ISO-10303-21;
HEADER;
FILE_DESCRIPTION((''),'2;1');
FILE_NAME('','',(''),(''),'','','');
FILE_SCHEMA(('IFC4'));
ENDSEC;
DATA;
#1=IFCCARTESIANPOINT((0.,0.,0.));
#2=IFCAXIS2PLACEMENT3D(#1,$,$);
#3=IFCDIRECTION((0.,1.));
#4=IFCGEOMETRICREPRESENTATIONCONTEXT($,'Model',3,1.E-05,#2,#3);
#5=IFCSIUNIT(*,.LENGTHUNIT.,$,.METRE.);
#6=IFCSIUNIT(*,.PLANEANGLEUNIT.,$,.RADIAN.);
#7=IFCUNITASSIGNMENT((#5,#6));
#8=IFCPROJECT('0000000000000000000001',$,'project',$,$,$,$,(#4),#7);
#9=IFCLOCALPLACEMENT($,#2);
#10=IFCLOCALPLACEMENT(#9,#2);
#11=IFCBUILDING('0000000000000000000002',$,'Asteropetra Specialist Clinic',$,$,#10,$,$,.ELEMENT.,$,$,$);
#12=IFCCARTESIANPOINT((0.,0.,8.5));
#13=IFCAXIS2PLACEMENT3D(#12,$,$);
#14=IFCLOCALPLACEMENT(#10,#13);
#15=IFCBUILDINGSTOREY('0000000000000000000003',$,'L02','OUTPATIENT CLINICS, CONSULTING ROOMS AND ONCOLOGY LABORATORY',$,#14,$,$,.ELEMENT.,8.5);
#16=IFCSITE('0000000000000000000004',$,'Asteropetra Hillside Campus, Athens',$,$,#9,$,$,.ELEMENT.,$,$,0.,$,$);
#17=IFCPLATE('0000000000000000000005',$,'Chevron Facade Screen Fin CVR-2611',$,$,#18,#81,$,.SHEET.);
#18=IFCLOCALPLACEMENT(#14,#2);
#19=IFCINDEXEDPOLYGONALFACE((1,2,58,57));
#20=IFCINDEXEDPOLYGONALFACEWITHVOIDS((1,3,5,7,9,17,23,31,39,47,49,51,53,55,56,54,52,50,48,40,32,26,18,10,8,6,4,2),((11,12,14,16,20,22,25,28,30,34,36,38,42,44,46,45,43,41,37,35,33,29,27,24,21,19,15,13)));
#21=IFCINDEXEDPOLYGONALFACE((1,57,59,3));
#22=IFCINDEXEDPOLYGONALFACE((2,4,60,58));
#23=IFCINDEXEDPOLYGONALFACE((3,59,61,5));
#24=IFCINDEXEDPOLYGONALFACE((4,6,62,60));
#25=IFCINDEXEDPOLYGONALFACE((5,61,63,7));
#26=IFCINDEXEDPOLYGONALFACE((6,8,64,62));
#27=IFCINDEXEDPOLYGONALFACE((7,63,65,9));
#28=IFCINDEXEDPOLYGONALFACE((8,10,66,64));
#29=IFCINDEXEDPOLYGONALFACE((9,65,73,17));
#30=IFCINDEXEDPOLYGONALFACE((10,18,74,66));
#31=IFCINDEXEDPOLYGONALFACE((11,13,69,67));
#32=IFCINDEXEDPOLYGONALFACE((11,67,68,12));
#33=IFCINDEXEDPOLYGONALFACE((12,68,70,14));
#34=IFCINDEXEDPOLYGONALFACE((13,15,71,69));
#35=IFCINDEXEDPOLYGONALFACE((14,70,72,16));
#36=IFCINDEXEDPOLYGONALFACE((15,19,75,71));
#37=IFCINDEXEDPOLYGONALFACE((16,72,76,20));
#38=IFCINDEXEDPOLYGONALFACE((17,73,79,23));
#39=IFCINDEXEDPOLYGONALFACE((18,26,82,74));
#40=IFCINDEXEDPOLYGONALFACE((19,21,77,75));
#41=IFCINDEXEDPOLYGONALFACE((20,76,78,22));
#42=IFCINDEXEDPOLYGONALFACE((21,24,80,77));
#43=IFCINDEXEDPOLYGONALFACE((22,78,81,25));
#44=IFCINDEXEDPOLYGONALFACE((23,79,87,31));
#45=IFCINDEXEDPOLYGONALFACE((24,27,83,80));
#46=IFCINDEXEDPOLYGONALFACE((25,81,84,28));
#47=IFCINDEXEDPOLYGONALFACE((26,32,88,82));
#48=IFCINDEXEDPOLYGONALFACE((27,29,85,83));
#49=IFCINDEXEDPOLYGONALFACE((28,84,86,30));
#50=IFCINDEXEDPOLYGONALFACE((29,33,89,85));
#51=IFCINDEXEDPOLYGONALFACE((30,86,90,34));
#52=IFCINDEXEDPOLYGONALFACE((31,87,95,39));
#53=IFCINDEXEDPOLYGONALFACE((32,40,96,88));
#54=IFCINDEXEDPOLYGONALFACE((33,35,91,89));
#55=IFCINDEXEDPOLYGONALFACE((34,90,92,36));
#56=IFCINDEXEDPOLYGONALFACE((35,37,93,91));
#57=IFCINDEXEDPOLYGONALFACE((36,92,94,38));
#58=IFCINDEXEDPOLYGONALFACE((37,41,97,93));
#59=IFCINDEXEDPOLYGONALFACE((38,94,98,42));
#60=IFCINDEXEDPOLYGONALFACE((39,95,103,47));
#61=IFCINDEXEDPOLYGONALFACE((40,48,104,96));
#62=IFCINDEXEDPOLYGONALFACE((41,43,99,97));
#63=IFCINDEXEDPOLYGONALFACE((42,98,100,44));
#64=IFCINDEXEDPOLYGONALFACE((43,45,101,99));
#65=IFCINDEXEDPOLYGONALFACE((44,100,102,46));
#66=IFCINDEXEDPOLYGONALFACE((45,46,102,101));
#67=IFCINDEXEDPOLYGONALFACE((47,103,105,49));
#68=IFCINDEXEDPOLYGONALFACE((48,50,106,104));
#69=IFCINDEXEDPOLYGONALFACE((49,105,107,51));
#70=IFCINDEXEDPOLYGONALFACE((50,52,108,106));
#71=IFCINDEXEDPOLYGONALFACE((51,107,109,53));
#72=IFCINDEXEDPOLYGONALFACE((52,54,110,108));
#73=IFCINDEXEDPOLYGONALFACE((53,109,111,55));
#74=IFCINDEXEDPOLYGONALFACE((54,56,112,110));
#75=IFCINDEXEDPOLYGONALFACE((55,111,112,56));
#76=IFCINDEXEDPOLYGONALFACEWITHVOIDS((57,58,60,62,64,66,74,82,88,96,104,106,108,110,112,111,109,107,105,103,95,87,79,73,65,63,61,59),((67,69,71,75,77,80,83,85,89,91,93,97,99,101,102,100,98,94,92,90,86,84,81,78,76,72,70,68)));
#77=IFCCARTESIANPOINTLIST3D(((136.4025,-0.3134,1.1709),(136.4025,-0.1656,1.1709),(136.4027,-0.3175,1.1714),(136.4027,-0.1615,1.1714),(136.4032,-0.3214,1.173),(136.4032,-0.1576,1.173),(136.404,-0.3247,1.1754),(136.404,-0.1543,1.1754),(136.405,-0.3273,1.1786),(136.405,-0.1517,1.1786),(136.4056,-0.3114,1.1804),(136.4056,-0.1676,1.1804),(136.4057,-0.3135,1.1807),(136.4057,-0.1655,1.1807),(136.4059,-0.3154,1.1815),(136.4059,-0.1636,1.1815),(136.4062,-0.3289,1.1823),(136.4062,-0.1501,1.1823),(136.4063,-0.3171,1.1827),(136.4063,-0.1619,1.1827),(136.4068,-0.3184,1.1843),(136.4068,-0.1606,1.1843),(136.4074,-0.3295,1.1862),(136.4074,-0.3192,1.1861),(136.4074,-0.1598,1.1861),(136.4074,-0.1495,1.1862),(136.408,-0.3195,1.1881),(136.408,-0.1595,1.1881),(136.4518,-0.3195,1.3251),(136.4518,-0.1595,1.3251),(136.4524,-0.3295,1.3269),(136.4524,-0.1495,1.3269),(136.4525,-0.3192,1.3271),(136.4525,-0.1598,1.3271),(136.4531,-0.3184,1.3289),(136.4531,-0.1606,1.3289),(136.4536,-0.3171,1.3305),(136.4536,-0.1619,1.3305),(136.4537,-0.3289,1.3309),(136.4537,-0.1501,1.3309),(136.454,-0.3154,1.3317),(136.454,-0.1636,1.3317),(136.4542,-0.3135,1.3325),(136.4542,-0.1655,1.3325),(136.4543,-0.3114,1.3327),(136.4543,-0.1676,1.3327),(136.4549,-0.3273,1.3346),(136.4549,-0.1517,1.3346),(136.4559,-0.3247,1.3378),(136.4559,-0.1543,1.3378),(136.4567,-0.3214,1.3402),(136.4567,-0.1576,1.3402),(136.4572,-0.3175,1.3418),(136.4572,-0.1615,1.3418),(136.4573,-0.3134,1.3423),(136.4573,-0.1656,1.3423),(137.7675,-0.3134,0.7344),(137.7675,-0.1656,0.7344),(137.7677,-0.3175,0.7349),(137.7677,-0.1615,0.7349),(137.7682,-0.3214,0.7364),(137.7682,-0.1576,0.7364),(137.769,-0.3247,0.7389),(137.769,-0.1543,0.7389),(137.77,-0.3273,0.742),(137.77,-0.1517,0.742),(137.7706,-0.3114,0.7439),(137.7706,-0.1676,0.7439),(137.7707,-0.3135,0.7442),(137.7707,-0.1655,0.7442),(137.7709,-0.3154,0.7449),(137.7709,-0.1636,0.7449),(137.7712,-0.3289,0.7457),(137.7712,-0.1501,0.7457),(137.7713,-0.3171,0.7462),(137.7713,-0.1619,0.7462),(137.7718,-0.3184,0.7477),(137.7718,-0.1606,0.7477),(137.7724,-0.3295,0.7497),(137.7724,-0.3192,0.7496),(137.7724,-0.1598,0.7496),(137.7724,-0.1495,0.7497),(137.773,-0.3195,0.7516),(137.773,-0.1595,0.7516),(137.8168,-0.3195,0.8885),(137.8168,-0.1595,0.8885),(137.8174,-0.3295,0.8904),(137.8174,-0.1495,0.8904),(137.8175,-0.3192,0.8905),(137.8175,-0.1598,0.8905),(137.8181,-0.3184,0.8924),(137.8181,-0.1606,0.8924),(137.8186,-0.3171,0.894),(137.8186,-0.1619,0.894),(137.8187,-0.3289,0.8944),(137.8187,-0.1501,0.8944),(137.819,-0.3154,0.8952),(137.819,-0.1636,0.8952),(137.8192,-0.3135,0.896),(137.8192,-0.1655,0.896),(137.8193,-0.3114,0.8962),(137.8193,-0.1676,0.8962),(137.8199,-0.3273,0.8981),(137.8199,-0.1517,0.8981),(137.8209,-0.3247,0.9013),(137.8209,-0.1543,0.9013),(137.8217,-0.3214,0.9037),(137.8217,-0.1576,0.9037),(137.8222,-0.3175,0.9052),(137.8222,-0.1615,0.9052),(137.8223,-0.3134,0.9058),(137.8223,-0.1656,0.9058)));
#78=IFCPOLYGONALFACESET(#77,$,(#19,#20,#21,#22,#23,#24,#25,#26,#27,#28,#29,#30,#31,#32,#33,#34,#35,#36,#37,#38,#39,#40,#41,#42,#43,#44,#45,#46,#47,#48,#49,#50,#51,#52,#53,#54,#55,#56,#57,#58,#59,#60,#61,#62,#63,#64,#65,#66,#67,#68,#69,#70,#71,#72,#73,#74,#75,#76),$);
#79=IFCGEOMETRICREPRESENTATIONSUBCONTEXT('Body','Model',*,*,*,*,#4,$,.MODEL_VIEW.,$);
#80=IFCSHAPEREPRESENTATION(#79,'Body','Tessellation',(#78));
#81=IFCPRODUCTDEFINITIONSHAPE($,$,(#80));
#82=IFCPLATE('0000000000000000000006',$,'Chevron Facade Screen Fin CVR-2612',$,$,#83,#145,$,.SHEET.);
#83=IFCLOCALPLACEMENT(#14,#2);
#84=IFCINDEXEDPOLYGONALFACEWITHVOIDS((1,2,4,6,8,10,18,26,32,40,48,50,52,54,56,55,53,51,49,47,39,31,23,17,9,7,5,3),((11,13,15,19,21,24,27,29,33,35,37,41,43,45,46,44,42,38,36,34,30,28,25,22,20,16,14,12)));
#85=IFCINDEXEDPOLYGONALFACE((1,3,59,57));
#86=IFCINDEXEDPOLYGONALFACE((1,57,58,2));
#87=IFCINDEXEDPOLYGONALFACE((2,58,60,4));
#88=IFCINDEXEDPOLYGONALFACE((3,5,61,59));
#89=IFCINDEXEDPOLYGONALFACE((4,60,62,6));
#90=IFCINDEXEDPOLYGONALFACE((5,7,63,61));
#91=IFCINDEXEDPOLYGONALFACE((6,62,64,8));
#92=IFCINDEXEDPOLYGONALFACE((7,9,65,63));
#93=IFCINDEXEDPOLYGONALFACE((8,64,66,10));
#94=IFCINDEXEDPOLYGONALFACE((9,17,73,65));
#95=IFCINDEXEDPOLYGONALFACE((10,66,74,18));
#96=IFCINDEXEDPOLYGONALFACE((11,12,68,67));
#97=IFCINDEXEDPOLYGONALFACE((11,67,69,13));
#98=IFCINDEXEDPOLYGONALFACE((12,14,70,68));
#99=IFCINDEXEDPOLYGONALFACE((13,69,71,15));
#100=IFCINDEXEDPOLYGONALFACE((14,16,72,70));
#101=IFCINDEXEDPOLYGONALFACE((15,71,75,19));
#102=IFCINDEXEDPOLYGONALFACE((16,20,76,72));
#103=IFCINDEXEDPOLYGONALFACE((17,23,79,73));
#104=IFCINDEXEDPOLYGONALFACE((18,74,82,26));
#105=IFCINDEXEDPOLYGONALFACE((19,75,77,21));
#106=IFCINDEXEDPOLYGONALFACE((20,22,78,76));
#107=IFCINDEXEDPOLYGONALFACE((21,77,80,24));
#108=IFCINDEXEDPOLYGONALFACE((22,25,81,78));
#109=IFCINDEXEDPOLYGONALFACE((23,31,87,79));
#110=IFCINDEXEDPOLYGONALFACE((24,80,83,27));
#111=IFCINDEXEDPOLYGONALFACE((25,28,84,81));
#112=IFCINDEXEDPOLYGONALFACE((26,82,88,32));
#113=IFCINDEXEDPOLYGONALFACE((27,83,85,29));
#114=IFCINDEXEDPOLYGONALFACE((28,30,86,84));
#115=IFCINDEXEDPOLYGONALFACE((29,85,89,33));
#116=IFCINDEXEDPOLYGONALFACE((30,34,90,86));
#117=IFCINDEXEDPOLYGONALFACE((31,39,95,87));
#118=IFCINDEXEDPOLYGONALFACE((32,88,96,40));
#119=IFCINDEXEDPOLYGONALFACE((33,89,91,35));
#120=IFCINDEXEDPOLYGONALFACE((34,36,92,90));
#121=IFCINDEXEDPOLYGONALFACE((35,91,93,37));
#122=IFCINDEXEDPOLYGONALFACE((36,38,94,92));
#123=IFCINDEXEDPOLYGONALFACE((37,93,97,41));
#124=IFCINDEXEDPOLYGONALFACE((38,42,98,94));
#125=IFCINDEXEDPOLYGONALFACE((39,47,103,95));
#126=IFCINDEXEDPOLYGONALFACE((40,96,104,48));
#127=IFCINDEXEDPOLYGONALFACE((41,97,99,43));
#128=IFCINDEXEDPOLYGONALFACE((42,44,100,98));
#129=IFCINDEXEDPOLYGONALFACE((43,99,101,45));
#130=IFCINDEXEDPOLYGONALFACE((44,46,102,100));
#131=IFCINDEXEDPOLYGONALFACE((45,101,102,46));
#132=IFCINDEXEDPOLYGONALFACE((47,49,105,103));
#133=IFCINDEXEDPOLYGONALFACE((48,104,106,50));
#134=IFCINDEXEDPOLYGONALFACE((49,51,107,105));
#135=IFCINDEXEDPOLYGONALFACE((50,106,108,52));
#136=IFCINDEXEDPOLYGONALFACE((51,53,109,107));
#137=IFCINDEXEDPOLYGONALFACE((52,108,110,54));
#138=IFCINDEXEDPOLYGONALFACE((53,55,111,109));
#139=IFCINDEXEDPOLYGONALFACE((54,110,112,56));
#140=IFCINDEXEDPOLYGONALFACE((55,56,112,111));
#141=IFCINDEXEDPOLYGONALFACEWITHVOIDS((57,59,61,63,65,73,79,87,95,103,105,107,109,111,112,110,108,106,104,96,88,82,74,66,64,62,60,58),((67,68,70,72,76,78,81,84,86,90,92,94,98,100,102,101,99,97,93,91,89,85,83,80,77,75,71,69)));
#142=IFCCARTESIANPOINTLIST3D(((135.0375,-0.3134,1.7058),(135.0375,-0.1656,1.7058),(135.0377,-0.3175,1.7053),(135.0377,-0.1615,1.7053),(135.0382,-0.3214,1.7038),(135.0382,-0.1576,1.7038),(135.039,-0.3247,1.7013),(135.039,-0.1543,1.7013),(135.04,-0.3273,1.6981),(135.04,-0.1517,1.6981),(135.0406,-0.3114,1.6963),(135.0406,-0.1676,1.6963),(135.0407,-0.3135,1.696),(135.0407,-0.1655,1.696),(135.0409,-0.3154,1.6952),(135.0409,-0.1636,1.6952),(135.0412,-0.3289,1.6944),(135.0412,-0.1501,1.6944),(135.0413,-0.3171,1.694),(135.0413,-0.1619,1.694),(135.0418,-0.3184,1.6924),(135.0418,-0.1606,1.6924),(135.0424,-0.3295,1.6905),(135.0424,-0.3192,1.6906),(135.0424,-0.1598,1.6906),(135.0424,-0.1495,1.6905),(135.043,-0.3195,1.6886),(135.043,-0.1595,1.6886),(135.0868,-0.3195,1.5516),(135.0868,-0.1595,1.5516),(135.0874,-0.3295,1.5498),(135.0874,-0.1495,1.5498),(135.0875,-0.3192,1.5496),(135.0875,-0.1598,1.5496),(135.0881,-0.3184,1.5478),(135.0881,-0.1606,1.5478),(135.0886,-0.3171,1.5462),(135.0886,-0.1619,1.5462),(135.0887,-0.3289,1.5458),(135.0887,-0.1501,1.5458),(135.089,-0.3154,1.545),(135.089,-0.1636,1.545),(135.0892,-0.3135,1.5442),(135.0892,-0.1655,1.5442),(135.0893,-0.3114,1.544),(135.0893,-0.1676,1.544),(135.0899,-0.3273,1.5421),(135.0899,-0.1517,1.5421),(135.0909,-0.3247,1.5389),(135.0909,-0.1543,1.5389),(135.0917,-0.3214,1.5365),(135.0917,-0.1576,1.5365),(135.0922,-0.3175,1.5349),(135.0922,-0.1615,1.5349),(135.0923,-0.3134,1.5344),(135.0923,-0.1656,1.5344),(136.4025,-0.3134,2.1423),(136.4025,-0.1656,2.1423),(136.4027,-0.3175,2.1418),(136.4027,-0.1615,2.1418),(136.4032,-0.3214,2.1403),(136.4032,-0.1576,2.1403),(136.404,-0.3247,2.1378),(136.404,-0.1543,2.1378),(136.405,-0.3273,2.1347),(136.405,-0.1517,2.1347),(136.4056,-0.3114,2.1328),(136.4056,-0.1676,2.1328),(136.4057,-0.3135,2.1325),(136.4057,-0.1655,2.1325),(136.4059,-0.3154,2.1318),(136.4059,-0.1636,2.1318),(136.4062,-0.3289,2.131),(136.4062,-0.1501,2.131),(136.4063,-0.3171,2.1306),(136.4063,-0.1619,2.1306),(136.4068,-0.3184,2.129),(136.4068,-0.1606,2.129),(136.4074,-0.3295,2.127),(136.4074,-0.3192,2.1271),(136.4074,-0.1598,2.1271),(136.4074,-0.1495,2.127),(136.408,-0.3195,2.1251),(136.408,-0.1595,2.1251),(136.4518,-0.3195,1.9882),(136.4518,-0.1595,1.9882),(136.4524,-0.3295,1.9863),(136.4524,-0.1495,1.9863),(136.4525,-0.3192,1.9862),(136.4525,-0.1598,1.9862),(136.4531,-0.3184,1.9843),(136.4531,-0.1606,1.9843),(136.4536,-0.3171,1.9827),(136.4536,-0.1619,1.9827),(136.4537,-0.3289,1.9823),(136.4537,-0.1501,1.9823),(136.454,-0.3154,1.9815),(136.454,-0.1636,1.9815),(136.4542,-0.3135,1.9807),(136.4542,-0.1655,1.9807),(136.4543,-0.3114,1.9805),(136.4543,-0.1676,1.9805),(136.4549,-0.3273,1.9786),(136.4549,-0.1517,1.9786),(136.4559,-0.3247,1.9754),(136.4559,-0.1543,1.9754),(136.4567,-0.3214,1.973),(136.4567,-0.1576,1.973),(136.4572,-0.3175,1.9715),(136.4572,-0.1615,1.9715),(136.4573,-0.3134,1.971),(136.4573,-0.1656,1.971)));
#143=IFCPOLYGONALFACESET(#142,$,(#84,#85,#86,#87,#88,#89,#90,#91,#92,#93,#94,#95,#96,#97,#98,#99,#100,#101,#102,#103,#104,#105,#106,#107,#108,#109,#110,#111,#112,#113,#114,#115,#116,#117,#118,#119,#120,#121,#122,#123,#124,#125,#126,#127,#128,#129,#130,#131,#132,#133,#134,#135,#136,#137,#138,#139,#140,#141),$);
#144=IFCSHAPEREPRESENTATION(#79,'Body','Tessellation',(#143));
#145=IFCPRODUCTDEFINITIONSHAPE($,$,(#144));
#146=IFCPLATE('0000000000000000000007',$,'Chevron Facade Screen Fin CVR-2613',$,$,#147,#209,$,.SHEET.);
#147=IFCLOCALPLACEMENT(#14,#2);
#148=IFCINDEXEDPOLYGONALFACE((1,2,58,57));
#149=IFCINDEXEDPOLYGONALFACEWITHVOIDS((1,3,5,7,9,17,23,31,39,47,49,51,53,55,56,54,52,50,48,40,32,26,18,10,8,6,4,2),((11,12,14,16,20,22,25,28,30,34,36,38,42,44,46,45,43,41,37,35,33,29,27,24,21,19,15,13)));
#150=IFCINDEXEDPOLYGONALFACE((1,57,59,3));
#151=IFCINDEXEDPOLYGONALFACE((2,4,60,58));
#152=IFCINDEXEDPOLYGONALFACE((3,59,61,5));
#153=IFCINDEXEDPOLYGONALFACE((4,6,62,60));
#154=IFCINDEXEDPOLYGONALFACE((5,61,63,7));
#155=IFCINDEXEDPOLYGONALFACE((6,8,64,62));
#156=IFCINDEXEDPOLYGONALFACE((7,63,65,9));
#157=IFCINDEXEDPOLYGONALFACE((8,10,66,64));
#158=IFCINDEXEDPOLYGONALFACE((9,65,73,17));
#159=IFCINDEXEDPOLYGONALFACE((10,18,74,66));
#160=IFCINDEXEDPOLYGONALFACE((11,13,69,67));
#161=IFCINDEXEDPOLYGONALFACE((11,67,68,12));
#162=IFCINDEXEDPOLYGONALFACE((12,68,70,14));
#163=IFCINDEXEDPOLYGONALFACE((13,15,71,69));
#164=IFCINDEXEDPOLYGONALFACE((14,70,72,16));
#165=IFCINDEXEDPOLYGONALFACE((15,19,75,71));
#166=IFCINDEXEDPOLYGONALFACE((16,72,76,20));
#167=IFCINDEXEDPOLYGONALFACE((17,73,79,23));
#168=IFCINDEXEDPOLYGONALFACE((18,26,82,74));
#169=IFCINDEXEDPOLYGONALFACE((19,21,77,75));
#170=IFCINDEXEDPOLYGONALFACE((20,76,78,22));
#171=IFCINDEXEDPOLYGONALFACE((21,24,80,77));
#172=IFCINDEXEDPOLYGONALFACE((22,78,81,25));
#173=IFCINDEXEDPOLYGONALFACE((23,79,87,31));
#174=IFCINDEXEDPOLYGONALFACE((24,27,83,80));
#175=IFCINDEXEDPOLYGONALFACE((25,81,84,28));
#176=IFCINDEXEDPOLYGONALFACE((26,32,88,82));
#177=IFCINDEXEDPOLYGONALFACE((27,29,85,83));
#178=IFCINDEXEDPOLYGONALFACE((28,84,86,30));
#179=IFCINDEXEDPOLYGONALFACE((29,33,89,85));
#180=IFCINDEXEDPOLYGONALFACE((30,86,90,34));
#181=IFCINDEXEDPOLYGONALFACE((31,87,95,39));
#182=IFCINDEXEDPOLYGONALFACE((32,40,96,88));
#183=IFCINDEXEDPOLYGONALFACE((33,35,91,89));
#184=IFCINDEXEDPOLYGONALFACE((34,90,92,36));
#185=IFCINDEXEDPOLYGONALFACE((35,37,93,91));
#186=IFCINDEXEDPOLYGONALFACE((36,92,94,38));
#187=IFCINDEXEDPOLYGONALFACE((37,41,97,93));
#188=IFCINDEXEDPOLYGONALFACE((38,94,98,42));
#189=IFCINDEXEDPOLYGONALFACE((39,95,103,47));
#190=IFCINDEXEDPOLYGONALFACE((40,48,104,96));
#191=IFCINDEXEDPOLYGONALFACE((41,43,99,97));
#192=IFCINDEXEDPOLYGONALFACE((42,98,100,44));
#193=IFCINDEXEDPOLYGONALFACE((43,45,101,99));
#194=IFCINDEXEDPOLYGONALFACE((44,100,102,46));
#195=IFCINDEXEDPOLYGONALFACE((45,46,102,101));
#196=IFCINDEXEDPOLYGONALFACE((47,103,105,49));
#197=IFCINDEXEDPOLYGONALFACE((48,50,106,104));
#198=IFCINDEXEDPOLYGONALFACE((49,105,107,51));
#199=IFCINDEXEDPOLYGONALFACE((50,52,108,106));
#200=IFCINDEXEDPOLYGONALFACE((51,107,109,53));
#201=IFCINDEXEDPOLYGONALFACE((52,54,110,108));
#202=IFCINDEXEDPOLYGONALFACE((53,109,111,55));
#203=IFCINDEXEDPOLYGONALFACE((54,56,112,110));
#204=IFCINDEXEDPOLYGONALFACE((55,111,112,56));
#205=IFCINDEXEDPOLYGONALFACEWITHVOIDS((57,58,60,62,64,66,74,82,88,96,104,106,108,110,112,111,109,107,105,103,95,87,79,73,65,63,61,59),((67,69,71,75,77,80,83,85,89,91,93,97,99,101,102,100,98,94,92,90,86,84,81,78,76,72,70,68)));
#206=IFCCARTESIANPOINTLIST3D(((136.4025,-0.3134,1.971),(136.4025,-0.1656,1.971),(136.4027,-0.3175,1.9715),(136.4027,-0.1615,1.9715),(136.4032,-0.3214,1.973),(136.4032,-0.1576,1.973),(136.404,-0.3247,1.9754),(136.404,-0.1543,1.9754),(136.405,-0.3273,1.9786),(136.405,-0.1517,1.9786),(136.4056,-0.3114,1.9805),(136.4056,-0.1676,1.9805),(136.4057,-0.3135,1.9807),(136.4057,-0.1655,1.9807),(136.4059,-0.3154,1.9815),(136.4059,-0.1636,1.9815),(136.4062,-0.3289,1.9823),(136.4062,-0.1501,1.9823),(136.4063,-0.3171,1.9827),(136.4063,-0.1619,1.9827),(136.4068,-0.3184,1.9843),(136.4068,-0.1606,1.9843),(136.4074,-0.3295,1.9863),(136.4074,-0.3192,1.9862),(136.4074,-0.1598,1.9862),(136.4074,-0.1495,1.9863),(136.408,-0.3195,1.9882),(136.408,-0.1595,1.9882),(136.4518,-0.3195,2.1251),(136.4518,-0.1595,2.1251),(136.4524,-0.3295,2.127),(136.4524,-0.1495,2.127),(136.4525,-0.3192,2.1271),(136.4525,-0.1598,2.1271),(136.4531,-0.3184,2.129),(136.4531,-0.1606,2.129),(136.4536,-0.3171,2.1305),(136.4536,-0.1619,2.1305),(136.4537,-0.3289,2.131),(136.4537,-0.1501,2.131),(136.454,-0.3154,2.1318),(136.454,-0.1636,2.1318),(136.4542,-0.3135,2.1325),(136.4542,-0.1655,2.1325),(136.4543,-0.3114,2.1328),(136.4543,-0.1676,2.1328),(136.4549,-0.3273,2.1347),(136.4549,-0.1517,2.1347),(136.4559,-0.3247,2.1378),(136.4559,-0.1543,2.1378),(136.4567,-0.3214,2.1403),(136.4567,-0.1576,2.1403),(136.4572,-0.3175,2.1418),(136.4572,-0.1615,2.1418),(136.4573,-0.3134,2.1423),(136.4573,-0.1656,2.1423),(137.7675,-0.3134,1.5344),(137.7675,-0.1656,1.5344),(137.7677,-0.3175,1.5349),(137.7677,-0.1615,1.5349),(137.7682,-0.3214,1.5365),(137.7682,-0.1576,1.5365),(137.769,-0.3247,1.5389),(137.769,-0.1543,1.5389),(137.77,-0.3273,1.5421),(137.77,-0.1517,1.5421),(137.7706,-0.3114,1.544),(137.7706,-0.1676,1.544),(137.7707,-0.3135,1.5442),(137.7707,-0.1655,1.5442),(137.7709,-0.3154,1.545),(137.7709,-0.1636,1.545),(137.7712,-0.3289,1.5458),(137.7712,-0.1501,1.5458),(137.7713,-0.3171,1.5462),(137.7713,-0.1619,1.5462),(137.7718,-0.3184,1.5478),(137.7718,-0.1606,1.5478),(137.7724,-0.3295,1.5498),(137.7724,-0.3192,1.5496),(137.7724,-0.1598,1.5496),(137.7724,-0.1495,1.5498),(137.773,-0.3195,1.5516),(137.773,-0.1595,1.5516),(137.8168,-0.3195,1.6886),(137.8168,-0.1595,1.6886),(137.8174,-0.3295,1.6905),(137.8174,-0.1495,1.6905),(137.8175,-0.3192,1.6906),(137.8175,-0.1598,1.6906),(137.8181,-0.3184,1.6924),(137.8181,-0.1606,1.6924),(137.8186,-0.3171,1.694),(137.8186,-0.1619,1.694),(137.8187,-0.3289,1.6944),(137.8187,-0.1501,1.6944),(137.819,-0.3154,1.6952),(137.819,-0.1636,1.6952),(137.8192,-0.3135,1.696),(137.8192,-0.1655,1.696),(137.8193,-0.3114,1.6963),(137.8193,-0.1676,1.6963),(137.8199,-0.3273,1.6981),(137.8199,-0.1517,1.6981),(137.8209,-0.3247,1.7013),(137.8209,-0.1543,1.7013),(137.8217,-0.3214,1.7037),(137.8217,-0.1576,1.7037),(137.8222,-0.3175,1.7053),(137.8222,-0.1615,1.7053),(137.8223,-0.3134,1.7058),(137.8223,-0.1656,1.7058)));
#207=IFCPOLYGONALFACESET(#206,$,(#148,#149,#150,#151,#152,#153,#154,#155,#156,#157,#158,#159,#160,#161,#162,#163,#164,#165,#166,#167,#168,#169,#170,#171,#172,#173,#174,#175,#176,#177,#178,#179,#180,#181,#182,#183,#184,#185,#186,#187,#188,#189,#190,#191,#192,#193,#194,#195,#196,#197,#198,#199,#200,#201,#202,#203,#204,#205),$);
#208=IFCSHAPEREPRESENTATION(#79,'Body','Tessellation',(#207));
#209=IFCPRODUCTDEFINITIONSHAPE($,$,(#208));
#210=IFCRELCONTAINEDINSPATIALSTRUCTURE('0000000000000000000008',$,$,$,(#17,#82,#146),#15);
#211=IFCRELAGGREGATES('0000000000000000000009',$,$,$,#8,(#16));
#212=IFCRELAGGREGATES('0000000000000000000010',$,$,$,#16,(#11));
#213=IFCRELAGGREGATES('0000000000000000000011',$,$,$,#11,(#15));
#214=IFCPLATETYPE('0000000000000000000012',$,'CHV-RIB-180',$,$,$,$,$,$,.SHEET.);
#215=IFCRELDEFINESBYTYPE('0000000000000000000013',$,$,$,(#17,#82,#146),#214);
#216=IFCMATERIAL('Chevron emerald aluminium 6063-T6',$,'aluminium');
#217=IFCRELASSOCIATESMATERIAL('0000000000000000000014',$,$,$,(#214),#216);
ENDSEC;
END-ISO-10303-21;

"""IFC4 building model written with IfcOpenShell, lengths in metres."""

from ifc_helpers import new_model, si_unit, direction, frame, origin, origin_2d, place, context, subcontext, project, spatial, hollow_rectangle, extrude, material, material_profile, profile_set, type_object, element, save


model = new_model("IFC4")

# Units and contexts
model_context = context("Model", 3, precision=1e-05, world=origin(), true_north=direction((0.0, 1.0)))
body_context = subcontext(model_context, "Body", "Model", "MODEL_VIEW")
ifc_project = project(units=[si_unit("LENGTHUNIT", "METRE"), si_unit("PLANEANGLEUNIT", "RADIAN")], contexts=[model_context])

# Site, building, storey
site_placement = place(None, origin())
site = spatial("IfcSite", under=ifc_project, at=site_placement, Name="Asteropetra Hillside Campus, Athens", CompositionType="ELEMENT", RefElevation=0.0)
building_placement = place(site_placement, origin())
building = spatial("IfcBuilding", under=site, at=building_placement, Name="Asteropetra Specialist Clinic", CompositionType="ELEMENT")
storey_placement = place(building_placement, frame((0.0, 0.0, 8.5)))
storey = spatial("IfcBuildingStorey", under=building, at=storey_placement, Name="L02", Description="OUTPATIENT CLINICS, CONSULTING ROOMS AND ONCOLOGY LABORATORY", CompositionType="ELEMENT", Elevation=8.5)

# Plates
ifc_material_1 = material(Name="Chevron emerald aluminium 6063-T6", Category="aluminium")
ifc_material_profile = material_profile(ifc_material_1, hollow_rectangle(XDim=0.1799, YDim=0.1799, WallThickness=0.01, InnerFilletRadius=0.0081, OuterFilletRadius=0.0161, at=origin_2d()), Name="SHS 180x180x10.0")
ifc_profile_set = profile_set([ifc_material_profile], Name="Chevron emerald aluminium 6063-T6")
plate_type = type_object("IfcPlateType", Name="CHV-RIB-180", PredefinedType="SHEET", material=ifc_profile_set)
for number, where, z_axis, x_axis, name in (
    (1, (136.4299, -0.2395, 1.2566), (0.95248, 0.0, -0.304603), (0.0, 1.0, 0.0), "Chevron Facade Screen Fin CVR-2611"),
    (2, (135.0649, -0.2395, 1.6201), (0.95248, 0.0, 0.304603), (0.0, 1.0, 0.0), "Chevron Facade Screen Fin CVR-2612"),
    (3, (136.4299, -0.2395, 2.0566), (0.95248, 0.0, -0.304603), (0.0, 1.0, 0.0), "Chevron Facade Screen Fin CVR-2613"),
):
    element("IfcPlate", number, at=place(storey_placement, frame(where, z_axis=z_axis, x_axis=x_axis)), inside=storey, type_object=plate_type, Name=name, PredefinedType="SHEET", context=body_context, shape_type="SweptSolid", body=[
        extrude(hollow_rectangle(XDim=0.1799, YDim=0.1799, WallThickness=0.01, InnerFilletRadius=0.0081, OuterFilletRadius=0.0161, at=origin_2d()), origin(), (0.0, 0.0, 1.0), 1.4331),
    ])

save(model, "model.ifc")
